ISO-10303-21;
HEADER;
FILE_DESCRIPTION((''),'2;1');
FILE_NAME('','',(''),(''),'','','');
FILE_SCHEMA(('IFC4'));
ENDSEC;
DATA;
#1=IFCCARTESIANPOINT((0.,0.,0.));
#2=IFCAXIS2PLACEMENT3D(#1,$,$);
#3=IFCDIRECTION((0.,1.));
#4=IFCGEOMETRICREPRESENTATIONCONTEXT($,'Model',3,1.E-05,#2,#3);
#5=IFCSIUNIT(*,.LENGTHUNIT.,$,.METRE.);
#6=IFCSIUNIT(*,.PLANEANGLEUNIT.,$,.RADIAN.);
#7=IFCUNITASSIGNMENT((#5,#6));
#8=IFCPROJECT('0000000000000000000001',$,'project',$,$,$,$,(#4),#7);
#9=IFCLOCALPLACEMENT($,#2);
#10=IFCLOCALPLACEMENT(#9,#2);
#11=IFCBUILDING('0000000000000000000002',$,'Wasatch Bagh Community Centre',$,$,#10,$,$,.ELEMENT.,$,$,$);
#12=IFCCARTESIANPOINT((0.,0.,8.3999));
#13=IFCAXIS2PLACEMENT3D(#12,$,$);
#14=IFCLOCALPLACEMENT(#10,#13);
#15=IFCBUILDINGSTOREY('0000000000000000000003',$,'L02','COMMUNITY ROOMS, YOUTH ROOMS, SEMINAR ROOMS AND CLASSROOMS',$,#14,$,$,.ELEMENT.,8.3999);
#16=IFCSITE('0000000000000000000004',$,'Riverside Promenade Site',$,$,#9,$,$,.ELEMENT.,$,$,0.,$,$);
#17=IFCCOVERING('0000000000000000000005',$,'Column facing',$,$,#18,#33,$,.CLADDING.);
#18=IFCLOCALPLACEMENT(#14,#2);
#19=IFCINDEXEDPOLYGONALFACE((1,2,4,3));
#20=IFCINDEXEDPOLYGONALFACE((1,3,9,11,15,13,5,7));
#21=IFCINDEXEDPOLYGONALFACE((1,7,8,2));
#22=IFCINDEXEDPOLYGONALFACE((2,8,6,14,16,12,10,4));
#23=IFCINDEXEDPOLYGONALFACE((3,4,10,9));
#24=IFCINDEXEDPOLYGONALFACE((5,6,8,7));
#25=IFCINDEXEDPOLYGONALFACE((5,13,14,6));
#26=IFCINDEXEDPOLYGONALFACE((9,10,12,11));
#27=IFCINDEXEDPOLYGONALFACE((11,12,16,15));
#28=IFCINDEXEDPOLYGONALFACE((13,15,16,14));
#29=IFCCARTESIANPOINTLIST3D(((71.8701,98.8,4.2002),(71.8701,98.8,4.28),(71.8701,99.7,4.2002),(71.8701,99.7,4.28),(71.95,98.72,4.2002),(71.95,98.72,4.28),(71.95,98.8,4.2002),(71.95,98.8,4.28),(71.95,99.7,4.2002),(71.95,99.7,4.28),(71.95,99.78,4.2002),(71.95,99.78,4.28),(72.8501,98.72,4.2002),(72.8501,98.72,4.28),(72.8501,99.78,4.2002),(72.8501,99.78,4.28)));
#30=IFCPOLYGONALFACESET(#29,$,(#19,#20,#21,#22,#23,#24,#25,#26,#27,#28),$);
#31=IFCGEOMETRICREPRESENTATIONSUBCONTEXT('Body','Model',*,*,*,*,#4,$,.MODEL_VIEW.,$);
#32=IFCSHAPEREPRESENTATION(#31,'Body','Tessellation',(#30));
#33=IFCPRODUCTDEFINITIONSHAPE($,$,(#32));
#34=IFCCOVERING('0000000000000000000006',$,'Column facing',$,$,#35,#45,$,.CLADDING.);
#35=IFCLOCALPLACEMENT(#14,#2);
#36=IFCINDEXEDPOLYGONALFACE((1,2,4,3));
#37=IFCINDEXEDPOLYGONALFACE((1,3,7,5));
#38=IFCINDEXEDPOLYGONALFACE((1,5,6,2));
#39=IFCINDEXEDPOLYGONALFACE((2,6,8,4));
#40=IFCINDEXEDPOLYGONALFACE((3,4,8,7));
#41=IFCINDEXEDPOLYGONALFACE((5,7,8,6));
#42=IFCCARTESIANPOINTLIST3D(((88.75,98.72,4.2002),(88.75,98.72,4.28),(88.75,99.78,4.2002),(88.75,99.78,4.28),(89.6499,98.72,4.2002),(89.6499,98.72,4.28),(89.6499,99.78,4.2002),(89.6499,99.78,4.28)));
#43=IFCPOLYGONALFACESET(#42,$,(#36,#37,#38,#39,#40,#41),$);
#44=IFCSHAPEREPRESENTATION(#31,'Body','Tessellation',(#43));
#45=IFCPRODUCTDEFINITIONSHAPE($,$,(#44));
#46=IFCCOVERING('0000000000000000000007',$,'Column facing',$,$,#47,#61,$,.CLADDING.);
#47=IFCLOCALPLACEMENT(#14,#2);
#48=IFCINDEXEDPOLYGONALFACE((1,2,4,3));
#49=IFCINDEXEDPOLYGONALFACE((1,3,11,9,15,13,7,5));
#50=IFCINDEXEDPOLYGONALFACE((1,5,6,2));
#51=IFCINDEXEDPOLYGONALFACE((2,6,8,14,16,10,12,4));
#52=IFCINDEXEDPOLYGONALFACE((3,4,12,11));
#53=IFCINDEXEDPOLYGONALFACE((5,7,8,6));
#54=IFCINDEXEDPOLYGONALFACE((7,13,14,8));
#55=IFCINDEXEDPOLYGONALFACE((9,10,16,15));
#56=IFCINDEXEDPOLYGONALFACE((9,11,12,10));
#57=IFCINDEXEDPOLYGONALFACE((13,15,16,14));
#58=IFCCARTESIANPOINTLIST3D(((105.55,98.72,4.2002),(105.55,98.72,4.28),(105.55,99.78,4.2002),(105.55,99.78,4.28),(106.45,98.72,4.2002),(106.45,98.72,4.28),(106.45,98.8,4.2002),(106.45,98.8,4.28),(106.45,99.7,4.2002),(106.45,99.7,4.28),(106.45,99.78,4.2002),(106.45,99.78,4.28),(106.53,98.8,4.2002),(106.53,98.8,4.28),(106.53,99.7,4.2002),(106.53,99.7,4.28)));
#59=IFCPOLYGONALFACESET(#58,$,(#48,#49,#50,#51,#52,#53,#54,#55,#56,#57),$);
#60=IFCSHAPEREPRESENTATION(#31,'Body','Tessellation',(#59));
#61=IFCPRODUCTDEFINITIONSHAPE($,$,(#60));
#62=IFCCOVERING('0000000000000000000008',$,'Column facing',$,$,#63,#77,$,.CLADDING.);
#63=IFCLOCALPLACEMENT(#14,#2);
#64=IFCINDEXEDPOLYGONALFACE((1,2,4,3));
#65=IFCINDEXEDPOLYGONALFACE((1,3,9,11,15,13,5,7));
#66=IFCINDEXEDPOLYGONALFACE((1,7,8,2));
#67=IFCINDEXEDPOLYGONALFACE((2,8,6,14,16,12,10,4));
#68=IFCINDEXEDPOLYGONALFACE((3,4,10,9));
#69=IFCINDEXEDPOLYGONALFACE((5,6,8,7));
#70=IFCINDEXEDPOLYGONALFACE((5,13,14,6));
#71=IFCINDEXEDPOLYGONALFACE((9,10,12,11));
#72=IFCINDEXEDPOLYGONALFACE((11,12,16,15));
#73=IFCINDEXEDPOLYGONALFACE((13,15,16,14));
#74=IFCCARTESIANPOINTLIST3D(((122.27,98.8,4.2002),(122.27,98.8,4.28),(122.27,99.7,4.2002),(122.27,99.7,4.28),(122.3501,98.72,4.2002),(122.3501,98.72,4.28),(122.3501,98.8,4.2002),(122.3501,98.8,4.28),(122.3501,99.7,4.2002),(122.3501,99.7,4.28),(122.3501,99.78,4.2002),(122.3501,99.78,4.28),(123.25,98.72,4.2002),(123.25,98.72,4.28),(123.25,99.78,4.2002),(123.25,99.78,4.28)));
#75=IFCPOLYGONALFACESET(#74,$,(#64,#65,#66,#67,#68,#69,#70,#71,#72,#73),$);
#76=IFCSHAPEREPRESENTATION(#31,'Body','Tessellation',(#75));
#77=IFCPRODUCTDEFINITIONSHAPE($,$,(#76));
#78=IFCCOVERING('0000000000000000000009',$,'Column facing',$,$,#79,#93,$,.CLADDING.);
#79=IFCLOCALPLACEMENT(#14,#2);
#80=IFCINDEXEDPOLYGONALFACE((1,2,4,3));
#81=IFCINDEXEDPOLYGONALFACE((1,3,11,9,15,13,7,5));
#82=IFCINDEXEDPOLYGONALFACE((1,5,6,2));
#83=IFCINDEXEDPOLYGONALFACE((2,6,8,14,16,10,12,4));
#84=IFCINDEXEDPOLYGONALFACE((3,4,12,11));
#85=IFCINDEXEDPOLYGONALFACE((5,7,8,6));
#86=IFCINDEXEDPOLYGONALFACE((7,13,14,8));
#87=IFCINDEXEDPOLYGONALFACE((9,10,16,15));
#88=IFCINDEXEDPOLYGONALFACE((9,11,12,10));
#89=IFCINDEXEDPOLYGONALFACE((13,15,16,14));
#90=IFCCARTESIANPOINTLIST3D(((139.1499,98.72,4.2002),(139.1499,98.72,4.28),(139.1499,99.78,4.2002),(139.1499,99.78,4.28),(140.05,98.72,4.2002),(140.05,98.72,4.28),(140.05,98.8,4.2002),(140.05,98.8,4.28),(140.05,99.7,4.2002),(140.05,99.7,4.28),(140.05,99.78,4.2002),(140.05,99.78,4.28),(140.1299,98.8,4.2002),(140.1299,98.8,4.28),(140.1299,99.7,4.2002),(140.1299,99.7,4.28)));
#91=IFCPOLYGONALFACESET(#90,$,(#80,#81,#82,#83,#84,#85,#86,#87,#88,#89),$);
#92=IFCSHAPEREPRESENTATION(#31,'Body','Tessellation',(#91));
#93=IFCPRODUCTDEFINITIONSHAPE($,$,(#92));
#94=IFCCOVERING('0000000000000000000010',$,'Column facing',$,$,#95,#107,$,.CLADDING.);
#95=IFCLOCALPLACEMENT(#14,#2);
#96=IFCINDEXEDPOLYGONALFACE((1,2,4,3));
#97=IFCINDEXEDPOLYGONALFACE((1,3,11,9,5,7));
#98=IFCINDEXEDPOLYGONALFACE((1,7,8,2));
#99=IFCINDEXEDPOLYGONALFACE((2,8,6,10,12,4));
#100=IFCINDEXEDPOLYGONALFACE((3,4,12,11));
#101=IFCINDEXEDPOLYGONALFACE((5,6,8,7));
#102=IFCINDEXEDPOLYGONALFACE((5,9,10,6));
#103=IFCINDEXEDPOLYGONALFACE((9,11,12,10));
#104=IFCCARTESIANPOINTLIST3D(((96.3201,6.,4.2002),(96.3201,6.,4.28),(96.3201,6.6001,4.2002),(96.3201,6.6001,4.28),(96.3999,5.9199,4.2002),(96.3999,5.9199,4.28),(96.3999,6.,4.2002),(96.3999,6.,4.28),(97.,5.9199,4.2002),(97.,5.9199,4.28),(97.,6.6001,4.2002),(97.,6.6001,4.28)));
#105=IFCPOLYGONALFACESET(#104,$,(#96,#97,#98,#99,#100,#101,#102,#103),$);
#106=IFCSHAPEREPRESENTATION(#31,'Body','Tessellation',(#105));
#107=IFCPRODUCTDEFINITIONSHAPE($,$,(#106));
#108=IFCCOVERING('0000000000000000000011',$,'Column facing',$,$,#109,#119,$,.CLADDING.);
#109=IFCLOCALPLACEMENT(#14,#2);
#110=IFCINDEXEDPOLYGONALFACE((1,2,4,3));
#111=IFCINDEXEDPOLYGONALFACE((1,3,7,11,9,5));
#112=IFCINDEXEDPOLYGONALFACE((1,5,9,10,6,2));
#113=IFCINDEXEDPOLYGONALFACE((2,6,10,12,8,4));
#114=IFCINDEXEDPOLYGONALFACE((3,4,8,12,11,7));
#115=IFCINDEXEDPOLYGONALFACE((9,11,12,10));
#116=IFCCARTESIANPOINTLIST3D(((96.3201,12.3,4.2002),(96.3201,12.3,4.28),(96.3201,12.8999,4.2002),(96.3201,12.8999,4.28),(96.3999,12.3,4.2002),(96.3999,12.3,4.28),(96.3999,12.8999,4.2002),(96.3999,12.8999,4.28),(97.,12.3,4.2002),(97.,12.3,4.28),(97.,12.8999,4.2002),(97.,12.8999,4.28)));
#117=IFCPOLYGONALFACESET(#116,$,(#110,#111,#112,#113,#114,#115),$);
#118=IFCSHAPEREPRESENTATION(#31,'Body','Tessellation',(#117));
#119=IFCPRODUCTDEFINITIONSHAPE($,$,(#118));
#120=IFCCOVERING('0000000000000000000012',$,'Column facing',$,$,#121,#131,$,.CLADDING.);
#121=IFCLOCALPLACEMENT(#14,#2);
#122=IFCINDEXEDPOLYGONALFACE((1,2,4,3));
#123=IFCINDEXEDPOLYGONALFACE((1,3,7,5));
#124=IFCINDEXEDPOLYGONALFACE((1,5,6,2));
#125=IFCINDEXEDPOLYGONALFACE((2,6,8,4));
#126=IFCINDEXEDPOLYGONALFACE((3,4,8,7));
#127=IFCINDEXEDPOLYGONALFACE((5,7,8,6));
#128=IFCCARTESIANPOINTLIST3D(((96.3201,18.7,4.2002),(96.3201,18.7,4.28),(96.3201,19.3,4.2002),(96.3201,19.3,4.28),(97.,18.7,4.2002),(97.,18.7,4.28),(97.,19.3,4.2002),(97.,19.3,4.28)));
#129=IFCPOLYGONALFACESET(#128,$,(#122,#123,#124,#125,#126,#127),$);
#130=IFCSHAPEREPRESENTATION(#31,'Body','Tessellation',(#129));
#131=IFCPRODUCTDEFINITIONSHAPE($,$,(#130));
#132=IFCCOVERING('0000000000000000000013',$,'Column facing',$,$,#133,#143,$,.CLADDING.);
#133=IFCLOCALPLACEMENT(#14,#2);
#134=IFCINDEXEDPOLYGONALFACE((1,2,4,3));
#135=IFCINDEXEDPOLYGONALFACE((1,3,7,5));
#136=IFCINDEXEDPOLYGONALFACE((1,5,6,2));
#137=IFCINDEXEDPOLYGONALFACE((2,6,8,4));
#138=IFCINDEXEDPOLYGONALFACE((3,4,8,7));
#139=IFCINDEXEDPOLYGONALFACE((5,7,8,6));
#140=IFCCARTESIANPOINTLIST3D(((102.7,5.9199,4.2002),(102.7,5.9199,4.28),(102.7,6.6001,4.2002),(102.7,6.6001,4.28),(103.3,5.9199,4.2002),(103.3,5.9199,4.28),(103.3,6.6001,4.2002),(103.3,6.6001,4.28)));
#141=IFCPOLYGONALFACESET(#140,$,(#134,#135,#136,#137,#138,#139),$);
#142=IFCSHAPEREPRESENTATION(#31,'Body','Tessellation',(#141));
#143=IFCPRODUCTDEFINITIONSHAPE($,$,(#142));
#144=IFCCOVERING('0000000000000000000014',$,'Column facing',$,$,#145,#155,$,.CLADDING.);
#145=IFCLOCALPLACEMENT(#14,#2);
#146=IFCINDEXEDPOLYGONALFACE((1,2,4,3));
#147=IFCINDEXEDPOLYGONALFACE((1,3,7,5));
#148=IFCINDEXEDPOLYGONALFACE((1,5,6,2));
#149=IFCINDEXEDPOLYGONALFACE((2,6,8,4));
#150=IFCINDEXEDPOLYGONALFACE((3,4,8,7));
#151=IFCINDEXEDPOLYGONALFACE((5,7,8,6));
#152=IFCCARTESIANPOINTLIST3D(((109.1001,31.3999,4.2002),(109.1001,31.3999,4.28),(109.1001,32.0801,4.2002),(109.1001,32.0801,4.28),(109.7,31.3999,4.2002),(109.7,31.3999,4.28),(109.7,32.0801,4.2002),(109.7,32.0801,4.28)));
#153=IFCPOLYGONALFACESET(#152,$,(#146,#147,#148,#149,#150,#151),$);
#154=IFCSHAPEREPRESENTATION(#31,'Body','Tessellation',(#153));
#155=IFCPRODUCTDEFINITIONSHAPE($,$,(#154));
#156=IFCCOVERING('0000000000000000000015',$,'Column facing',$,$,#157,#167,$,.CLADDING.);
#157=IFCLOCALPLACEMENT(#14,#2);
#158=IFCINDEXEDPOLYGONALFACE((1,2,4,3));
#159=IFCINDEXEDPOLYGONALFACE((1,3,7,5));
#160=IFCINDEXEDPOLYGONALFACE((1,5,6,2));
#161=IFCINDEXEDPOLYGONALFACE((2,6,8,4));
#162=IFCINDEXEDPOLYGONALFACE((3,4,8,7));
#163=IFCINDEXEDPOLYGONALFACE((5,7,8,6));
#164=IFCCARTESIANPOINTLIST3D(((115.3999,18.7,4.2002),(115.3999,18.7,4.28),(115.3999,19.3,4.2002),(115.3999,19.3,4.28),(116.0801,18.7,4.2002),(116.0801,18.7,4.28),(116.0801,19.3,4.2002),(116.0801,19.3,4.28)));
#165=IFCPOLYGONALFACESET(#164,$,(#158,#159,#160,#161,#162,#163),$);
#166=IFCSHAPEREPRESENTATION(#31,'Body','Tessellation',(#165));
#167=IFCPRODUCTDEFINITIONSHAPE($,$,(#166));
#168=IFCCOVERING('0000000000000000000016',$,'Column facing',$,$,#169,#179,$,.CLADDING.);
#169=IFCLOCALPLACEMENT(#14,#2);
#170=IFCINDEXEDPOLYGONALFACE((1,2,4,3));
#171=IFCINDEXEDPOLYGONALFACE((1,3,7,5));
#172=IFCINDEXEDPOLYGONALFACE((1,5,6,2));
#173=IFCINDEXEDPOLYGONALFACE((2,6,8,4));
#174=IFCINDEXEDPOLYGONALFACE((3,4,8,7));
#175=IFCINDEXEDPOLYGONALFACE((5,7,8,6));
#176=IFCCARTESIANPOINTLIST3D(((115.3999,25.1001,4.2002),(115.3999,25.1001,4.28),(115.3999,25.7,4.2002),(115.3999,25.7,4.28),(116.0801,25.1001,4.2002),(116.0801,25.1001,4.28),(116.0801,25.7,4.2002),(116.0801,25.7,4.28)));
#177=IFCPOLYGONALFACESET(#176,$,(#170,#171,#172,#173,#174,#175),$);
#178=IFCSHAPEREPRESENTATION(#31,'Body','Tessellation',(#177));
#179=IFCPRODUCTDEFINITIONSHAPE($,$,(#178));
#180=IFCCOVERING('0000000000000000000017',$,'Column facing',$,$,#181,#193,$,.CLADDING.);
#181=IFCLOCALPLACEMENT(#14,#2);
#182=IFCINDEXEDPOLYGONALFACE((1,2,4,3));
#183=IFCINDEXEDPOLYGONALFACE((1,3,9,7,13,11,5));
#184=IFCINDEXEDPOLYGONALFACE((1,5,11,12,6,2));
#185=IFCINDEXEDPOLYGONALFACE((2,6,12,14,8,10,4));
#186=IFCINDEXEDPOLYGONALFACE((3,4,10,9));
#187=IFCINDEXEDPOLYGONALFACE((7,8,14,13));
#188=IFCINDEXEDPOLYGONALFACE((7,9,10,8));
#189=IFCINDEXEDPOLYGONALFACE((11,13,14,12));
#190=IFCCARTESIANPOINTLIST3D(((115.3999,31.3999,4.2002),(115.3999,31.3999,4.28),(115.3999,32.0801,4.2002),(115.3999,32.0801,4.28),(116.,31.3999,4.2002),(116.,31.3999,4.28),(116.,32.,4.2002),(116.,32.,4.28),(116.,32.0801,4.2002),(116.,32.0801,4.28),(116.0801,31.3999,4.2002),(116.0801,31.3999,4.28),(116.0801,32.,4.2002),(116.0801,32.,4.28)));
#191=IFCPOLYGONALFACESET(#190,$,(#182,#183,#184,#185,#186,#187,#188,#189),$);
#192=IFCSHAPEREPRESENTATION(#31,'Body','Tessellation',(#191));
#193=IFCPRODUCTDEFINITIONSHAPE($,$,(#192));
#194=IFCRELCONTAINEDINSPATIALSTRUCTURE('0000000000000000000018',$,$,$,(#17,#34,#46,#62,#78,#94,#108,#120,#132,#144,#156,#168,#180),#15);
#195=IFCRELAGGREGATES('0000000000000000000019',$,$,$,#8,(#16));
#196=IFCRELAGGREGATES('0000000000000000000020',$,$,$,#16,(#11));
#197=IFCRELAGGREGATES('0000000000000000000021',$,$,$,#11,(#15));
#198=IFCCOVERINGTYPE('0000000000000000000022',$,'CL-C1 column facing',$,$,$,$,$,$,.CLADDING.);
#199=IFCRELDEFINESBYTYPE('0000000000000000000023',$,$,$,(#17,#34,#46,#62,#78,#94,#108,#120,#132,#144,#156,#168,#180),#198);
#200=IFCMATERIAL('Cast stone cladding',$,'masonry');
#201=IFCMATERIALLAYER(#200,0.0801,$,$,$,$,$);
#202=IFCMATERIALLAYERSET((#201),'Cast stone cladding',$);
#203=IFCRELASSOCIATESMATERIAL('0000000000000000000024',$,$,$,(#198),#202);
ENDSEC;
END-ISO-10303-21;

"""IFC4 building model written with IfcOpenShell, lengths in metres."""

from ifc_helpers import new_model, si_unit, direction, frame, origin, place, context, subcontext, project, spatial, polyline, outline, extrude, material, layer, layer_set, type_object, element, save


model = new_model("IFC4")

# Units and contexts
model_context = context("Model", 3, precision=1e-05, world=origin(), true_north=direction((0.0, 1.0)))
body_context = subcontext(model_context, "Body", "Model", "MODEL_VIEW")
ifc_project = project(units=[si_unit("LENGTHUNIT", "METRE"), si_unit("PLANEANGLEUNIT", "RADIAN")], contexts=[model_context])

# Site, building, storey
site_placement = place(None, origin())
site = spatial("IfcSite", under=ifc_project, at=site_placement, Name="Riverside Promenade Site", CompositionType="ELEMENT", RefElevation=0.0)
building_placement = place(site_placement, origin())
building = spatial("IfcBuilding", under=site, at=building_placement, Name="Wasatch Bagh Community Centre", CompositionType="ELEMENT")
storey_placement = place(building_placement, frame((0.0, 0.0, 8.3999)))
storey = spatial("IfcBuildingStorey", under=building, at=storey_placement, Name="L02", Description="COMMUNITY ROOMS, YOUTH ROOMS, SEMINAR ROOMS AND CLASSROOMS", CompositionType="ELEMENT", Elevation=8.3999)

# Coverings
ifc_material = material(Name="Cast stone cladding", Category="masonry")
ifc_layer = layer(ifc_material, 0.0801)
ifc_layer_set = layer_set([ifc_layer], Name="Cast stone cladding")
covering_type = type_object("IfcCoveringType", Name="CL-C1 column facing", PredefinedType="CLADDING", material=ifc_layer_set)
covering_1_placement = place(storey_placement, frame((0.0, 0.0, 4.2002)))
element("IfcCovering", 1, at=covering_1_placement, inside=storey, type_object=covering_type, Name="Column facing", PredefinedType="CLADDING", context=body_context, shape_type="SweptSolid", body=[
    extrude(outline(polyline([(72.8501, 98.72), (71.95, 98.72), (71.95, 98.8), (71.8701, 98.8), (71.8701, 99.7), (71.95, 99.7), (71.95, 99.78), (72.8501, 99.78), (72.8501, 98.72)])), origin(), (0.0, 0.0, 1.0), 0.0798),
])
covering_2_placement = place(storey_placement, frame((0.0, 0.0, 4.2002)))
element("IfcCovering", 2, at=covering_2_placement, inside=storey, type_object=covering_type, Name="Column facing", PredefinedType="CLADDING", context=body_context, shape_type="SweptSolid", body=[
    extrude(outline(polyline([(89.6499, 98.72), (88.75, 98.72), (88.75, 99.78), (89.6499, 99.78), (89.6499, 98.72)])), origin(), (0.0, 0.0, 1.0), 0.0798),
])
covering_3_placement = place(storey_placement, frame((0.0, 0.0, 4.2002)))
element("IfcCovering", 3, at=covering_3_placement, inside=storey, type_object=covering_type, Name="Column facing", PredefinedType="CLADDING", context=body_context, shape_type="SweptSolid", body=[
    extrude(outline(polyline([(105.55, 98.72), (105.55, 99.78), (106.45, 99.78), (106.45, 99.7), (106.53, 99.7), (106.53, 98.8), (106.45, 98.8), (106.45, 98.72), (105.55, 98.72)])), origin(), (0.0, 0.0, 1.0), 0.0798),
])
covering_4_placement = place(storey_placement, frame((0.0, 0.0, 4.2002)))
element("IfcCovering", 4, at=covering_4_placement, inside=storey, type_object=covering_type, Name="Column facing", PredefinedType="CLADDING", context=body_context, shape_type="SweptSolid", body=[
    extrude(outline(polyline([(123.25, 98.72), (122.3501, 98.72), (122.3501, 98.8), (122.27, 98.8), (122.27, 99.7), (122.3501, 99.7), (122.3501, 99.78), (123.25, 99.78), (123.25, 98.72)])), origin(), (0.0, 0.0, 1.0), 0.0798),
])
covering_5_placement = place(storey_placement, frame((0.0, 0.0, 4.2002)))
element("IfcCovering", 5, at=covering_5_placement, inside=storey, type_object=covering_type, Name="Column facing", PredefinedType="CLADDING", context=body_context, shape_type="SweptSolid", body=[
    extrude(outline(polyline([(139.1499, 98.72), (139.1499, 99.78), (140.05, 99.78), (140.05, 99.7), (140.1299, 99.7), (140.1299, 98.8), (140.05, 98.8), (140.05, 98.72), (139.1499, 98.72)])), origin(), (0.0, 0.0, 1.0), 0.0798),
])
covering_6_placement = place(storey_placement, frame((0.0, 0.0, 4.2002)))
element("IfcCovering", 6, at=covering_6_placement, inside=storey, type_object=covering_type, Name="Column facing", PredefinedType="CLADDING", context=body_context, shape_type="SweptSolid", body=[
    extrude(outline(polyline([(97.0, 5.9199), (96.3999, 5.9199), (96.3999, 6.0), (96.3201, 6.0), (96.3201, 6.6001), (97.0, 6.6001), (97.0, 5.9199)])), origin(), (0.0, 0.0, 1.0), 0.0798),
])
covering_7_placement = place(storey_placement, frame((0.0, 0.0, 4.2002)))
element("IfcCovering", 7, at=covering_7_placement, inside=storey, type_object=covering_type, Name="Column facing", PredefinedType="CLADDING", context=body_context, shape_type="SweptSolid", body=[
    extrude(outline(polyline([(96.3201, 12.3), (96.3201, 12.8999), (96.3999, 12.8999), (97.0, 12.8999), (97.0, 12.3), (96.3999, 12.3), (96.3201, 12.3)])), origin(), (0.0, 0.0, 1.0), 0.0798),
])
covering_8_placement = place(storey_placement, frame((0.0, 0.0, 4.2002)))
element("IfcCovering", 8, at=covering_8_placement, inside=storey, type_object=covering_type, Name="Column facing", PredefinedType="CLADDING", context=body_context, shape_type="SweptSolid", body=[
    extrude(outline(polyline([(96.3201, 18.7), (96.3201, 19.3), (97.0, 19.3), (97.0, 18.7), (96.3201, 18.7)])), origin(), (0.0, 0.0, 1.0), 0.0798),
])
covering_9_placement = place(storey_placement, frame((0.0, 0.0, 4.2002)))
element("IfcCovering", 9, at=covering_9_placement, inside=storey, type_object=covering_type, Name="Column facing", PredefinedType="CLADDING", context=body_context, shape_type="SweptSolid", body=[
    extrude(outline(polyline([(103.3, 5.9199), (102.7, 5.9199), (102.7, 6.6001), (103.3, 6.6001), (103.3, 5.9199)])), origin(), (0.0, 0.0, 1.0), 0.0798),
])
covering_10_placement = place(storey_placement, frame((0.0, 0.0, 4.2002)))
element("IfcCovering", 10, at=covering_10_placement, inside=storey, type_object=covering_type, Name="Column facing", PredefinedType="CLADDING", context=body_context, shape_type="SweptSolid", body=[
    extrude(outline(polyline([(109.7, 31.3999), (109.1001, 31.3999), (109.1001, 32.0801), (109.7, 32.0801), (109.7, 31.3999)])), origin(), (0.0, 0.0, 1.0), 0.0798),
])
covering_11_placement = place(storey_placement, frame((0.0, 0.0, 4.2002)))
element("IfcCovering", 11, at=covering_11_placement, inside=storey, type_object=covering_type, Name="Column facing", PredefinedType="CLADDING", context=body_context, shape_type="SweptSolid", body=[
    extrude(outline(polyline([(115.3999, 18.7), (115.3999, 19.3), (116.0801, 19.3), (116.0801, 18.7), (115.3999, 18.7)])), origin(), (0.0, 0.0, 1.0), 0.0798),
])
covering_12_placement = place(storey_placement, frame((0.0, 0.0, 4.2002)))
element("IfcCovering", 12, at=covering_12_placement, inside=storey, type_object=covering_type, Name="Column facing", PredefinedType="CLADDING", context=body_context, shape_type="SweptSolid", body=[
    extrude(outline(polyline([(115.3999, 25.1001), (115.3999, 25.7), (116.0801, 25.7), (116.0801, 25.1001), (115.3999, 25.1001)])), origin(), (0.0, 0.0, 1.0), 0.0798),
])
covering_13_placement = place(storey_placement, frame((0.0, 0.0, 4.2002)))
element("IfcCovering", 13, at=covering_13_placement, inside=storey, type_object=covering_type, Name="Column facing", PredefinedType="CLADDING", context=body_context, shape_type="SweptSolid", body=[
    extrude(outline(polyline([(116.0801, 32.0), (116.0801, 31.3999), (116.0, 31.3999), (115.3999, 31.3999), (115.3999, 32.0801), (116.0, 32.0801), (116.0, 32.0), (116.0801, 32.0)])), origin(), (0.0, 0.0, 1.0), 0.0798),
])

save(model, "model.ifc")
